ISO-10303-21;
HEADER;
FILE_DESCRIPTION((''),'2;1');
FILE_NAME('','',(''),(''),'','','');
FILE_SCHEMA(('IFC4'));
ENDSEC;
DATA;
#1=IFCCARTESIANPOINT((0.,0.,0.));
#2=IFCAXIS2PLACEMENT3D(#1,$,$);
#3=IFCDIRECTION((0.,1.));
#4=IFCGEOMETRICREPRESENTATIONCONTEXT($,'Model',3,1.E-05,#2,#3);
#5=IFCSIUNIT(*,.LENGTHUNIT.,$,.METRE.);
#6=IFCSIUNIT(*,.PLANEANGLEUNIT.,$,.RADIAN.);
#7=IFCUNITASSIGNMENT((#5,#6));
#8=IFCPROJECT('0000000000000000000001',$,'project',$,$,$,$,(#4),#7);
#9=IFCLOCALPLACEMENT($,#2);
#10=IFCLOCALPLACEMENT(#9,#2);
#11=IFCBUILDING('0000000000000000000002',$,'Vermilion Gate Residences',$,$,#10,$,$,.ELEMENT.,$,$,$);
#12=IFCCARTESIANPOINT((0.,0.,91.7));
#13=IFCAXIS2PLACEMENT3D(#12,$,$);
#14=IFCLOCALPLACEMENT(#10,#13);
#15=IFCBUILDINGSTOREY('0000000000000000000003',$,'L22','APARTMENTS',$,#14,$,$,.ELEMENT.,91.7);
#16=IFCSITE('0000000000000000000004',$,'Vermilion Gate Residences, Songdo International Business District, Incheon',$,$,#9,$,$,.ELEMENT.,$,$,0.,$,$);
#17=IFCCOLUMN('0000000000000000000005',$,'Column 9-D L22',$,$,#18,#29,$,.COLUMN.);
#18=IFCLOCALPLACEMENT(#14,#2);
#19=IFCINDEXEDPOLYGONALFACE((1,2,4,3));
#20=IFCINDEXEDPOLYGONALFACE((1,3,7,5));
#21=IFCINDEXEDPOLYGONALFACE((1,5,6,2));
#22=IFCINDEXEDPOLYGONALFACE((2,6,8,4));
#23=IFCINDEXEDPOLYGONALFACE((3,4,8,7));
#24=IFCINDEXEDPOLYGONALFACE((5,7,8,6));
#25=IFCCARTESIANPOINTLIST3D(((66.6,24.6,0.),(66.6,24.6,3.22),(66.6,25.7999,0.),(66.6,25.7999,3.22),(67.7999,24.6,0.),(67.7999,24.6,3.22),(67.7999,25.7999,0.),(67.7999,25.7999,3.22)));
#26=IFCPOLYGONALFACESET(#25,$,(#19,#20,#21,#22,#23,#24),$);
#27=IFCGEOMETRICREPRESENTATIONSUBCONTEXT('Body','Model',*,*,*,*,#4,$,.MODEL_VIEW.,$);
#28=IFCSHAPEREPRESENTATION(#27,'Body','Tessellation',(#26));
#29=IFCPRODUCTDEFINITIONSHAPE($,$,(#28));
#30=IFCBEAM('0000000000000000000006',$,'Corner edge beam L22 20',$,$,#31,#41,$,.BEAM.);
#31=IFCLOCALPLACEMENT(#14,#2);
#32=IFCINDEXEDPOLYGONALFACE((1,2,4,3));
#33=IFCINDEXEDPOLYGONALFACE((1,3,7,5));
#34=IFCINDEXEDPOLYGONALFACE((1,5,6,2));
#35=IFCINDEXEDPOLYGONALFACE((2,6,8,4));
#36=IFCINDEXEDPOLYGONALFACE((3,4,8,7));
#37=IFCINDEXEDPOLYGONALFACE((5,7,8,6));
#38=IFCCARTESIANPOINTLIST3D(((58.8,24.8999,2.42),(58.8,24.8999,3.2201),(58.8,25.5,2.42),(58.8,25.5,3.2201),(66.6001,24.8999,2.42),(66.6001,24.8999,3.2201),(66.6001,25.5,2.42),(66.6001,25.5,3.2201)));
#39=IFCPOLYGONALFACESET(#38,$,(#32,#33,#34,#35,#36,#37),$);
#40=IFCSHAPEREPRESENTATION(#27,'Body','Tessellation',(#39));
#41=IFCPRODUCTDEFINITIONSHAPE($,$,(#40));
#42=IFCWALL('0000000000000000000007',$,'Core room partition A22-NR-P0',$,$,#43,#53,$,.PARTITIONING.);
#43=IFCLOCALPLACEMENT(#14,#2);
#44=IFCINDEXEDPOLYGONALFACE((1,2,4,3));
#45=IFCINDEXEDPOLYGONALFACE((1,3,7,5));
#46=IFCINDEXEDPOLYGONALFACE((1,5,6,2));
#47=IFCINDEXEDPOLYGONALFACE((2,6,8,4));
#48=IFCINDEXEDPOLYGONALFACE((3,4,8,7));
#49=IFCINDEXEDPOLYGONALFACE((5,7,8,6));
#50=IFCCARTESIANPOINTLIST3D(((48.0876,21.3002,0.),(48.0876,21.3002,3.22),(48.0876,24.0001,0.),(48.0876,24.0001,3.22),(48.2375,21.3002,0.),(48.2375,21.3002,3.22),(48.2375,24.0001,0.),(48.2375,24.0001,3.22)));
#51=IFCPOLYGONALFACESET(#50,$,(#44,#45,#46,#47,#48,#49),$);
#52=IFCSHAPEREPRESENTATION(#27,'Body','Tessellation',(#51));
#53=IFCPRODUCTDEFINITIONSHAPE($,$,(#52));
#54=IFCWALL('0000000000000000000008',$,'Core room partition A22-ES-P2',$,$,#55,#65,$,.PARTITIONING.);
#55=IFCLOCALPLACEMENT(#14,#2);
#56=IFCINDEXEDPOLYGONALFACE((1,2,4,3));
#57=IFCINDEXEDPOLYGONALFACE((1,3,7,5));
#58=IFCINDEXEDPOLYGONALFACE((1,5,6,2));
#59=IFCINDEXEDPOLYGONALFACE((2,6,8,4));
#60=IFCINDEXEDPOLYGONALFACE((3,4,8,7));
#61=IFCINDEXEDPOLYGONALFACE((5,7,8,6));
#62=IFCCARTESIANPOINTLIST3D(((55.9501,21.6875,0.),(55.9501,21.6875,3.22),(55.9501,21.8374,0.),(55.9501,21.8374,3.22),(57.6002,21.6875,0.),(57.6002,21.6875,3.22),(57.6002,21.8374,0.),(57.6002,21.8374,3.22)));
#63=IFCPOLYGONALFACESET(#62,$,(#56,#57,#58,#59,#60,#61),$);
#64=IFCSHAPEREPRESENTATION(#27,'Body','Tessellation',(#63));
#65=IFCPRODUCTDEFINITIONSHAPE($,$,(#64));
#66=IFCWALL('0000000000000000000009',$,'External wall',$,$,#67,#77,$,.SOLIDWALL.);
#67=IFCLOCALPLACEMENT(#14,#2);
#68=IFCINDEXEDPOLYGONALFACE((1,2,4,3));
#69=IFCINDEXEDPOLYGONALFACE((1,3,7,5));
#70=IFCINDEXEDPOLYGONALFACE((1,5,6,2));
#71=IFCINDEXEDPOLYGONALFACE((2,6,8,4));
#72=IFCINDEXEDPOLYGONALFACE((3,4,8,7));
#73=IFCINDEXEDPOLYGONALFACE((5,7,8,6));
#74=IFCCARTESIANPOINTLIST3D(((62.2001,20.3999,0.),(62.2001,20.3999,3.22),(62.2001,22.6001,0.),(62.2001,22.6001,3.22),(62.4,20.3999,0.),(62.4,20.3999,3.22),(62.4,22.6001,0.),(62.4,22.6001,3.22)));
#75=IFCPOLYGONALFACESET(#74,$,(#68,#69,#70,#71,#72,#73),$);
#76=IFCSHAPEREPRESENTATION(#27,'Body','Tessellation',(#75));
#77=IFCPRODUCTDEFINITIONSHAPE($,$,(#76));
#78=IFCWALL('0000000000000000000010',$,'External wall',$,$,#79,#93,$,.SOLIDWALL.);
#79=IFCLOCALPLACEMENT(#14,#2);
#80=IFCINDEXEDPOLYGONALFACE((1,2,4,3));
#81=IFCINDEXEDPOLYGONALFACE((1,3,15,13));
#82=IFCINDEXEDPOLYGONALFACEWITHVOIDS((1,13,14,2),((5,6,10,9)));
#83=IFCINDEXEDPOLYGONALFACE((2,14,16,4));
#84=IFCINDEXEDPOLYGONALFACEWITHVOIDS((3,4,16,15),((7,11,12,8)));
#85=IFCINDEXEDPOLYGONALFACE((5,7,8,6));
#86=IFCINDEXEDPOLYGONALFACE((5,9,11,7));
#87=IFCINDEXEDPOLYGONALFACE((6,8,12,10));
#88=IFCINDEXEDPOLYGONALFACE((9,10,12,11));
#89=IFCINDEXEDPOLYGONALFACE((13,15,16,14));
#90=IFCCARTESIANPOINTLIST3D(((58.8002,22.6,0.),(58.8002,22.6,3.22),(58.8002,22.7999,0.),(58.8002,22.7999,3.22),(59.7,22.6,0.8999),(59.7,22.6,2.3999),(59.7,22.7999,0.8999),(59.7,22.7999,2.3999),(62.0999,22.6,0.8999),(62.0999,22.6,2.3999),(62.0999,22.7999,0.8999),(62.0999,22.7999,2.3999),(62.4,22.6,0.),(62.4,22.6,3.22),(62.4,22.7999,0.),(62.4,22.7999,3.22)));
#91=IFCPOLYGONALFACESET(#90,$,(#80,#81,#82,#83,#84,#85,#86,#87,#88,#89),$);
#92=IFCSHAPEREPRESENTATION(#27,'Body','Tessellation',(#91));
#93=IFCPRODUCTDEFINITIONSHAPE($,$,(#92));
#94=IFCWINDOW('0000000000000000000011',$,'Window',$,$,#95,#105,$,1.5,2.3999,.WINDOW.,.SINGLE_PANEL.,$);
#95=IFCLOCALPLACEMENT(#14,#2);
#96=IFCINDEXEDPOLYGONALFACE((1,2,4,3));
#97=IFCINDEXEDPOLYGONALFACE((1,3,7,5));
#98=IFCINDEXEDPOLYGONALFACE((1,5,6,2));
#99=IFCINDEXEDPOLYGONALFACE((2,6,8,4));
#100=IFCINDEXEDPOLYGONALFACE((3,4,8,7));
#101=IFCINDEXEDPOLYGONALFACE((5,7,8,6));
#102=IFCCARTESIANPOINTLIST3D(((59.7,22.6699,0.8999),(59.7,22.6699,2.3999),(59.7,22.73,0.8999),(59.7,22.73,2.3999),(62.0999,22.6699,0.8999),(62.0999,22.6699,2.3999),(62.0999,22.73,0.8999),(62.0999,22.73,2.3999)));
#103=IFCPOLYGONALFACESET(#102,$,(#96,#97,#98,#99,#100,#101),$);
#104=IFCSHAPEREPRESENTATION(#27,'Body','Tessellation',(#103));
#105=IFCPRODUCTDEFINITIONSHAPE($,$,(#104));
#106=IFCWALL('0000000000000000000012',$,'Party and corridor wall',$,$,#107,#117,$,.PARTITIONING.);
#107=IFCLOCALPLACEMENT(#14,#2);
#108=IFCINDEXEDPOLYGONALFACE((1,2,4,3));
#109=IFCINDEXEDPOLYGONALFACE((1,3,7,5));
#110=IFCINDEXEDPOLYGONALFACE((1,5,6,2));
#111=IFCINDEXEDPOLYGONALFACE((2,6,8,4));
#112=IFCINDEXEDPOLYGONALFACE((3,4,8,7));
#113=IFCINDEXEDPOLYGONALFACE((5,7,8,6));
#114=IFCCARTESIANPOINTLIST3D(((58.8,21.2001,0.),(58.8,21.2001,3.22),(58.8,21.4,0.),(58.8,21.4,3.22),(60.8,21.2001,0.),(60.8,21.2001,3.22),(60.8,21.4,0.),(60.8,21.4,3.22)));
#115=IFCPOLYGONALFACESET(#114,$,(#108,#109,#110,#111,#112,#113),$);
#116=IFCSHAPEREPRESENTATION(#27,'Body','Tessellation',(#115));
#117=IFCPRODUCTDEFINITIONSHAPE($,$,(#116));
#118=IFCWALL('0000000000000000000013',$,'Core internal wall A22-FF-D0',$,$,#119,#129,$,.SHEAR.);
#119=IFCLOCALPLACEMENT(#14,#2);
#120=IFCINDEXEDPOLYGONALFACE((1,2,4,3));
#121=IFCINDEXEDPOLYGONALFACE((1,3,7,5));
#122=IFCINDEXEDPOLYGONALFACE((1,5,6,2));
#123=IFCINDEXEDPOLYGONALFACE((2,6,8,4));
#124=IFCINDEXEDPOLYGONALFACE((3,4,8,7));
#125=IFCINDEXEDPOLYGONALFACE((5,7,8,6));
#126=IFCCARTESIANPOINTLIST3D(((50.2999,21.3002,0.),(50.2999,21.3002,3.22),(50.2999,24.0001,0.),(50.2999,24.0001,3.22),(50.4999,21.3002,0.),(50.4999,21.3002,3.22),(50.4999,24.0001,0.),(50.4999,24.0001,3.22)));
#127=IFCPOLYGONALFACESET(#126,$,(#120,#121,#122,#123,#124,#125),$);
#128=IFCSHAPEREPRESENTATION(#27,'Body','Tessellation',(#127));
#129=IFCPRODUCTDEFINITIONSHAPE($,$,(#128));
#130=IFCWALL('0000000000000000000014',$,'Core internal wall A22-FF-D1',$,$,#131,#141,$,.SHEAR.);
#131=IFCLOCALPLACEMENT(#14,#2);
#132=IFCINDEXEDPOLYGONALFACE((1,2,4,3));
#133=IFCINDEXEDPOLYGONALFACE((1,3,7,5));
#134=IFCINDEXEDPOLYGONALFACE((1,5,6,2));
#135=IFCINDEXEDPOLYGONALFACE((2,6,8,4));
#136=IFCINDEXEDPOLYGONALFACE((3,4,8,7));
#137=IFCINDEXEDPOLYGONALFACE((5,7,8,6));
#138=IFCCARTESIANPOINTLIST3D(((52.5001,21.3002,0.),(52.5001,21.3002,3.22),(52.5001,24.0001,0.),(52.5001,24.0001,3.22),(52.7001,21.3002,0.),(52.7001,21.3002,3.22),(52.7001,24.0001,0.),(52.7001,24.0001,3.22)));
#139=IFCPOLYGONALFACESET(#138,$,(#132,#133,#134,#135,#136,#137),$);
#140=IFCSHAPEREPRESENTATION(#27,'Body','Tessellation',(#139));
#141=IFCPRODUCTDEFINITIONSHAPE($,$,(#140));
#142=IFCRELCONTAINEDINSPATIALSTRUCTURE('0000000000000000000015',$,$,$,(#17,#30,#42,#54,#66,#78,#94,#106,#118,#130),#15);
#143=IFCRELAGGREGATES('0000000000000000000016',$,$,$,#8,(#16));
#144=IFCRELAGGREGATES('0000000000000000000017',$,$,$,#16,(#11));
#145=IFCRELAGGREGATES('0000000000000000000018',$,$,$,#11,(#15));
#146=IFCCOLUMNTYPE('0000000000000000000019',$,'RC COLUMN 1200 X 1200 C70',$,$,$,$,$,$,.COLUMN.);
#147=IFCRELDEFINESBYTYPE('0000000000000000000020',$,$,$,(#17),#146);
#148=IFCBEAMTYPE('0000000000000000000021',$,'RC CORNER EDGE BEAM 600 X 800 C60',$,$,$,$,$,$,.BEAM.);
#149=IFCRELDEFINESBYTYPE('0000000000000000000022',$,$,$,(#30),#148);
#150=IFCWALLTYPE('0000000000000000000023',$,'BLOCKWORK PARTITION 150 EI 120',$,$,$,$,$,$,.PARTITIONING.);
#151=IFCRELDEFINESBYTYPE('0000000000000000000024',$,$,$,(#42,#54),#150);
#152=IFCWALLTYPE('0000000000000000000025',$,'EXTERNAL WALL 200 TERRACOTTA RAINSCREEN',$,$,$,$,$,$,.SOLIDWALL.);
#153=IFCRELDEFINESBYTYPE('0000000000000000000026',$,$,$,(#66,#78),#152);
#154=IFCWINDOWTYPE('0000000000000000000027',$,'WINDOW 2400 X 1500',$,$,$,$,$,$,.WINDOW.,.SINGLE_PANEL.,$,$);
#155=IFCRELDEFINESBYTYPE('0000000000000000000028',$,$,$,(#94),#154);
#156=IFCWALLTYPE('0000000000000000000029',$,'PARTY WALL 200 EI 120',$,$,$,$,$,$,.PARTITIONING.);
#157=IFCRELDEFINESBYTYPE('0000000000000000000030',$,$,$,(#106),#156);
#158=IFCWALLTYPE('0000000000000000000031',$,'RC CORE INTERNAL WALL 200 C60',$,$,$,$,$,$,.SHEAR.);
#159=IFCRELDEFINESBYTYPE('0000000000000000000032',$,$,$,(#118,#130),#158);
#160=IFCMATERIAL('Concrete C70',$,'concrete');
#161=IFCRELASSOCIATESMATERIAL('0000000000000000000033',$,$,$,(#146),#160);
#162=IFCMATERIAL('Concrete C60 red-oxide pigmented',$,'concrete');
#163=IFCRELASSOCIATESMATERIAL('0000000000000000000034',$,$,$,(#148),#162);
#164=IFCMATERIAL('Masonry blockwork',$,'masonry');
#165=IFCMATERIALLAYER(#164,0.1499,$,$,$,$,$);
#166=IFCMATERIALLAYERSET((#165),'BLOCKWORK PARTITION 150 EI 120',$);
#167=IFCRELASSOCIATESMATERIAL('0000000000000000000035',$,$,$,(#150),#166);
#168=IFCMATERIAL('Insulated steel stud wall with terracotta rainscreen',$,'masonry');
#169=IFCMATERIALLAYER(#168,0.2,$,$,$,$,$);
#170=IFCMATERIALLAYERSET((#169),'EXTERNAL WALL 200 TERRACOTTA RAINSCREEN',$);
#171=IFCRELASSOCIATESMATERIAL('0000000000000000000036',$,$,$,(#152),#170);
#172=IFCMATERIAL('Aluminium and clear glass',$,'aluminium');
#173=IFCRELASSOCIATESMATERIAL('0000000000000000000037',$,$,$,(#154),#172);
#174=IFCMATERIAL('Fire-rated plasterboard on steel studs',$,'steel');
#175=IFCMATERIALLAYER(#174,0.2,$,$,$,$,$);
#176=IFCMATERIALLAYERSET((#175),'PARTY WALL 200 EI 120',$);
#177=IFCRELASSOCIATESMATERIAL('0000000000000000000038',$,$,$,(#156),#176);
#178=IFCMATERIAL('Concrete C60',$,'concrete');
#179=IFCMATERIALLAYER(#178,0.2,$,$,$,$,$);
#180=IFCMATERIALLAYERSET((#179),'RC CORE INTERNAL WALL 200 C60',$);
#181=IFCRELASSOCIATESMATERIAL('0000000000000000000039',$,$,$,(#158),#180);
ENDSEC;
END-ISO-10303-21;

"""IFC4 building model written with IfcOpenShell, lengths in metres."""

from ifc_helpers import new_model, si_unit, direction, frame, frame_2d, origin, origin_2d, place, context, subcontext, project, spatial, rectangle, extrude, material, layer, layer_set, material_profile, profile_set, type_object, element, fill, save


model = new_model("IFC4")

# Units and contexts
model_context = context("Model", 3, precision=1e-05, world=origin(), true_north=direction((0.0, 1.0)))
body_context = subcontext(model_context, "Body", "Model", "MODEL_VIEW")
ifc_project = project(units=[si_unit("LENGTHUNIT", "METRE"), si_unit("PLANEANGLEUNIT", "RADIAN")], contexts=[model_context])

# Site, building, storey
site_placement = place(None, origin())
site = spatial("IfcSite", under=ifc_project, at=site_placement, Name="Vermilion Gate Residences, Songdo International Business District, Incheon", CompositionType="ELEMENT", RefElevation=0.0)
building_placement = place(site_placement, origin())
building = spatial("IfcBuilding", under=site, at=building_placement, Name="Vermilion Gate Residences", CompositionType="ELEMENT")
storey_placement = place(building_placement, frame((0.0, 0.0, 91.7)))
storey = spatial("IfcBuildingStorey", under=building, at=storey_placement, Name="L22", Description="APARTMENTS", CompositionType="ELEMENT", Elevation=91.7)

# Column
ifc_material_1 = material(Name="Concrete C70", Category="concrete")
ifc_material_profile_1 = material_profile(ifc_material_1, rectangle(XDim=1.2, YDim=1.2, at=origin_2d()), Name="RC-1200x1200")
ifc_profile_set_1 = profile_set([ifc_material_profile_1], Name="Concrete C70")
column_type = type_object("IfcColumnType", Name="RC COLUMN 1200 X 1200 C70", PredefinedType="COLUMN", material=ifc_profile_set_1)
column_placement = place(storey_placement, frame((67.2, 25.2, 0.0), z_axis=(0.0, 0.0, 1.0), x_axis=(1.0, 0.0, 0.0)))
element("IfcColumn", 1, at=column_placement, inside=storey, type_object=column_type, Name="Column 9-D L22", PredefinedType="COLUMN", context=body_context, shape_type="SweptSolid", body=[
    extrude(rectangle(XDim=1.2, YDim=1.2, at=origin_2d()), origin(), (0.0, 0.0, 1.0), 3.22),
])

# Beam
ifc_material_2 = material(Name="Concrete C60 red-oxide pigmented", Category="concrete")
ifc_material_profile_2 = material_profile(ifc_material_2, rectangle(XDim=0.6001, YDim=0.8, at=origin_2d()), Name="RC-600x800")
ifc_profile_set_2 = profile_set([ifc_material_profile_2], Name="Concrete C60 red-oxide pigmented")
beam_type = type_object("IfcBeamType", Name="RC CORNER EDGE BEAM 600 X 800 C60", PredefinedType="BEAM", material=ifc_profile_set_2)
beam_placement = place(storey_placement, frame((58.8, 25.2, 2.8201), z_axis=(1.0, 0.0, 0.0), x_axis=(0.0, 1.0, 0.0)))
element("IfcBeam", 2, at=beam_placement, inside=storey, type_object=beam_type, Name="Corner edge beam L22 20", PredefinedType="BEAM", context=body_context, shape_type="SweptSolid", body=[
    extrude(rectangle(XDim=0.6001, YDim=0.8, at=origin_2d()), origin(), (0.0, 0.0, 1.0), 7.8),
])

# Walls
ifc_material_3 = material(Name="Masonry blockwork", Category="masonry")
ifc_layer_1 = layer(ifc_material_3, 0.1499)
ifc_layer_set_1 = layer_set([ifc_layer_1], Name="BLOCKWORK PARTITION 150 EI 120")
wall_type_1 = type_object("IfcWallType", Name="BLOCKWORK PARTITION 150 EI 120", PredefinedType="PARTITIONING", material=ifc_layer_set_1)
wall_1_placement = place(storey_placement, frame((48.1626, 21.3, 0.0), z_axis=(0.0, 0.0, 1.0), x_axis=(0.0, 1.0, 0.0)))
element("IfcWall", 3, at=wall_1_placement, inside=storey, type_object=wall_type_1, Name="Core room partition A22-NR-P0", PredefinedType="PARTITIONING", context=body_context, shape_type="SweptSolid", body=[
    extrude(rectangle(XDim=2.7, YDim=0.1499, at=frame_2d((1.3501, 0.0))), origin(), (0.0, 0.0, 1.0), 3.22),
])
wall_2_placement = place(storey_placement, frame((55.95, 21.7625, 0.0), z_axis=(0.0, 0.0, 1.0), x_axis=(1.0, 0.0, 0.0)))
element("IfcWall", 4, at=wall_2_placement, inside=storey, type_object=wall_type_1, Name="Core room partition A22-ES-P2", PredefinedType="PARTITIONING", context=body_context, shape_type="SweptSolid", body=[
    extrude(rectangle(XDim=1.6501, YDim=0.1499, at=frame_2d((0.8252, 0.0))), origin(), (0.0, 0.0, 1.0), 3.22),
])
ifc_material_4 = material(Name="Insulated steel stud wall with terracotta rainscreen", Category="masonry")
ifc_layer_2 = layer(ifc_material_4, 0.2)
ifc_layer_set_2 = layer_set([ifc_layer_2], Name="EXTERNAL WALL 200 TERRACOTTA RAINSCREEN")
wall_type_2 = type_object("IfcWallType", Name="EXTERNAL WALL 200 TERRACOTTA RAINSCREEN", PredefinedType="SOLIDWALL", material=ifc_layer_set_2)
wall_3_placement = place(storey_placement, frame((62.3, 20.3999, 0.0), z_axis=(0.0, 0.0, 1.0), x_axis=(0.0, 1.0, 0.0)))
element("IfcWall", 5, at=wall_3_placement, inside=storey, type_object=wall_type_2, Name="External wall", PredefinedType="SOLIDWALL", context=body_context, shape_type="SweptSolid", body=[
    extrude(rectangle(XDim=2.2002, YDim=0.2, at=frame_2d((1.1001, 0.0))), origin(), (0.0, 0.0, 1.0), 3.22),
])

# Wall, opening, window
wall_4_placement = place(storey_placement, frame((62.3999, 22.7, 0.0), z_axis=(0.0, 0.0, 1.0), x_axis=(-1.0, 0.0, 0.0)))
wall_4 = element("IfcWall", 6, at=wall_4_placement, inside=storey, type_object=wall_type_2, Name="External wall", PredefinedType="SOLIDWALL", context=body_context, shape_type="SweptSolid", body=[
    extrude(rectangle(XDim=3.5999, YDim=0.2, at=frame_2d((1.7998, 0.0))), origin(), (0.0, 0.0, 1.0), 3.22),
])
opening_1_placement = place(wall_4_placement, frame((0.3, 0.0, 0.8999)))
opening_1 = element("IfcOpeningElement", 7, at=opening_1_placement, cuts=wall_4, PredefinedType="OPENING", context=body_context, shape_type="SweptSolid", body=[
    extrude(rectangle(XDim=2.3999, YDim=1.5, at=frame_2d((1.2, 0.75))), frame((0.0, 0.1099, 0.0), z_axis=(0.0, -1.0, 0.0), x_axis=(1.0, 0.0, 0.0)), (0.0, 0.0, 1.0), 0.22),
])
ifc_material_5 = material(Name="Aluminium and clear glass", Category="aluminium")
window_type_1 = type_object("IfcWindowType", Name="WINDOW 2400 X 1500", PartitioningType="SINGLE_PANEL", PredefinedType="WINDOW", material=ifc_material_5)
window_1_placement = place(opening_1_placement, origin())
window_1 = element("IfcWindow", 8, at=window_1_placement, inside=storey, type_object=window_type_1, Name="Window", OverallHeight=1.5, OverallWidth=2.3999, PartitioningType="SINGLE_PANEL", PredefinedType="WINDOW", context=body_context, shape_type="SweptSolid", body=[
    extrude(rectangle(XDim=2.3999, YDim=1.5, at=frame_2d((1.2, 0.75))), frame((0.0, 0.03, 0.0), z_axis=(0.0, -1.0, 0.0), x_axis=(1.0, 0.0, 0.0)), (0.0, 0.0, 1.0), 0.0601),
])
fill(opening_1, window_1)

# Walls
ifc_material_6 = material(Name="Fire-rated plasterboard on steel studs", Category="steel")
ifc_layer_3 = layer(ifc_material_6, 0.2)
ifc_layer_set_3 = layer_set([ifc_layer_3], Name="PARTY WALL 200 EI 120")
wall_type_3 = type_object("IfcWallType", Name="PARTY WALL 200 EI 120", PredefinedType="PARTITIONING", material=ifc_layer_set_3)
wall_5_placement = place(storey_placement, frame((58.8, 21.3, 0.0), z_axis=(0.0, 0.0, 1.0), x_axis=(1.0, 0.0, 0.0)))
element("IfcWall", 9, at=wall_5_placement, inside=storey, type_object=wall_type_3, Name="Party and corridor wall", PredefinedType="PARTITIONING", context=body_context, shape_type="SweptSolid", body=[
    extrude(rectangle(XDim=2.0, YDim=0.2, at=frame_2d((1.0, 0.0))), origin(), (0.0, 0.0, 1.0), 3.22),
])
ifc_material_7 = material(Name="Concrete C60", Category="concrete")
ifc_layer_4 = layer(ifc_material_7, 0.2)
ifc_layer_set_4 = layer_set([ifc_layer_4], Name="RC CORE INTERNAL WALL 200 C60")
wall_type_4 = type_object("IfcWallType", Name="RC CORE INTERNAL WALL 200 C60", PredefinedType="SHEAR", material=ifc_layer_set_4)
for number, where, z_axis, x_axis, name in (
    (10, (50.3999, 21.3, 0.0), (0.0, 0.0, 1.0), (0.0, 1.0, 0.0), "Core internal wall A22-FF-D0"),
    (11, (52.6001, 21.3, 0.0), (0.0, 0.0, 1.0), (0.0, 1.0, 0.0), "Core internal wall A22-FF-D1"),
):
    element("IfcWall", number, at=place(storey_placement, frame(where, z_axis=z_axis, x_axis=x_axis)), inside=storey, type_object=wall_type_4, Name=name, PredefinedType="SHEAR", context=body_context, shape_type="SweptSolid", body=[
        extrude(rectangle(XDim=2.7, YDim=0.2, at=frame_2d((1.3501, 0.0))), origin(), (0.0, 0.0, 1.0), 3.22),
    ])

save(model, "model.ifc")
